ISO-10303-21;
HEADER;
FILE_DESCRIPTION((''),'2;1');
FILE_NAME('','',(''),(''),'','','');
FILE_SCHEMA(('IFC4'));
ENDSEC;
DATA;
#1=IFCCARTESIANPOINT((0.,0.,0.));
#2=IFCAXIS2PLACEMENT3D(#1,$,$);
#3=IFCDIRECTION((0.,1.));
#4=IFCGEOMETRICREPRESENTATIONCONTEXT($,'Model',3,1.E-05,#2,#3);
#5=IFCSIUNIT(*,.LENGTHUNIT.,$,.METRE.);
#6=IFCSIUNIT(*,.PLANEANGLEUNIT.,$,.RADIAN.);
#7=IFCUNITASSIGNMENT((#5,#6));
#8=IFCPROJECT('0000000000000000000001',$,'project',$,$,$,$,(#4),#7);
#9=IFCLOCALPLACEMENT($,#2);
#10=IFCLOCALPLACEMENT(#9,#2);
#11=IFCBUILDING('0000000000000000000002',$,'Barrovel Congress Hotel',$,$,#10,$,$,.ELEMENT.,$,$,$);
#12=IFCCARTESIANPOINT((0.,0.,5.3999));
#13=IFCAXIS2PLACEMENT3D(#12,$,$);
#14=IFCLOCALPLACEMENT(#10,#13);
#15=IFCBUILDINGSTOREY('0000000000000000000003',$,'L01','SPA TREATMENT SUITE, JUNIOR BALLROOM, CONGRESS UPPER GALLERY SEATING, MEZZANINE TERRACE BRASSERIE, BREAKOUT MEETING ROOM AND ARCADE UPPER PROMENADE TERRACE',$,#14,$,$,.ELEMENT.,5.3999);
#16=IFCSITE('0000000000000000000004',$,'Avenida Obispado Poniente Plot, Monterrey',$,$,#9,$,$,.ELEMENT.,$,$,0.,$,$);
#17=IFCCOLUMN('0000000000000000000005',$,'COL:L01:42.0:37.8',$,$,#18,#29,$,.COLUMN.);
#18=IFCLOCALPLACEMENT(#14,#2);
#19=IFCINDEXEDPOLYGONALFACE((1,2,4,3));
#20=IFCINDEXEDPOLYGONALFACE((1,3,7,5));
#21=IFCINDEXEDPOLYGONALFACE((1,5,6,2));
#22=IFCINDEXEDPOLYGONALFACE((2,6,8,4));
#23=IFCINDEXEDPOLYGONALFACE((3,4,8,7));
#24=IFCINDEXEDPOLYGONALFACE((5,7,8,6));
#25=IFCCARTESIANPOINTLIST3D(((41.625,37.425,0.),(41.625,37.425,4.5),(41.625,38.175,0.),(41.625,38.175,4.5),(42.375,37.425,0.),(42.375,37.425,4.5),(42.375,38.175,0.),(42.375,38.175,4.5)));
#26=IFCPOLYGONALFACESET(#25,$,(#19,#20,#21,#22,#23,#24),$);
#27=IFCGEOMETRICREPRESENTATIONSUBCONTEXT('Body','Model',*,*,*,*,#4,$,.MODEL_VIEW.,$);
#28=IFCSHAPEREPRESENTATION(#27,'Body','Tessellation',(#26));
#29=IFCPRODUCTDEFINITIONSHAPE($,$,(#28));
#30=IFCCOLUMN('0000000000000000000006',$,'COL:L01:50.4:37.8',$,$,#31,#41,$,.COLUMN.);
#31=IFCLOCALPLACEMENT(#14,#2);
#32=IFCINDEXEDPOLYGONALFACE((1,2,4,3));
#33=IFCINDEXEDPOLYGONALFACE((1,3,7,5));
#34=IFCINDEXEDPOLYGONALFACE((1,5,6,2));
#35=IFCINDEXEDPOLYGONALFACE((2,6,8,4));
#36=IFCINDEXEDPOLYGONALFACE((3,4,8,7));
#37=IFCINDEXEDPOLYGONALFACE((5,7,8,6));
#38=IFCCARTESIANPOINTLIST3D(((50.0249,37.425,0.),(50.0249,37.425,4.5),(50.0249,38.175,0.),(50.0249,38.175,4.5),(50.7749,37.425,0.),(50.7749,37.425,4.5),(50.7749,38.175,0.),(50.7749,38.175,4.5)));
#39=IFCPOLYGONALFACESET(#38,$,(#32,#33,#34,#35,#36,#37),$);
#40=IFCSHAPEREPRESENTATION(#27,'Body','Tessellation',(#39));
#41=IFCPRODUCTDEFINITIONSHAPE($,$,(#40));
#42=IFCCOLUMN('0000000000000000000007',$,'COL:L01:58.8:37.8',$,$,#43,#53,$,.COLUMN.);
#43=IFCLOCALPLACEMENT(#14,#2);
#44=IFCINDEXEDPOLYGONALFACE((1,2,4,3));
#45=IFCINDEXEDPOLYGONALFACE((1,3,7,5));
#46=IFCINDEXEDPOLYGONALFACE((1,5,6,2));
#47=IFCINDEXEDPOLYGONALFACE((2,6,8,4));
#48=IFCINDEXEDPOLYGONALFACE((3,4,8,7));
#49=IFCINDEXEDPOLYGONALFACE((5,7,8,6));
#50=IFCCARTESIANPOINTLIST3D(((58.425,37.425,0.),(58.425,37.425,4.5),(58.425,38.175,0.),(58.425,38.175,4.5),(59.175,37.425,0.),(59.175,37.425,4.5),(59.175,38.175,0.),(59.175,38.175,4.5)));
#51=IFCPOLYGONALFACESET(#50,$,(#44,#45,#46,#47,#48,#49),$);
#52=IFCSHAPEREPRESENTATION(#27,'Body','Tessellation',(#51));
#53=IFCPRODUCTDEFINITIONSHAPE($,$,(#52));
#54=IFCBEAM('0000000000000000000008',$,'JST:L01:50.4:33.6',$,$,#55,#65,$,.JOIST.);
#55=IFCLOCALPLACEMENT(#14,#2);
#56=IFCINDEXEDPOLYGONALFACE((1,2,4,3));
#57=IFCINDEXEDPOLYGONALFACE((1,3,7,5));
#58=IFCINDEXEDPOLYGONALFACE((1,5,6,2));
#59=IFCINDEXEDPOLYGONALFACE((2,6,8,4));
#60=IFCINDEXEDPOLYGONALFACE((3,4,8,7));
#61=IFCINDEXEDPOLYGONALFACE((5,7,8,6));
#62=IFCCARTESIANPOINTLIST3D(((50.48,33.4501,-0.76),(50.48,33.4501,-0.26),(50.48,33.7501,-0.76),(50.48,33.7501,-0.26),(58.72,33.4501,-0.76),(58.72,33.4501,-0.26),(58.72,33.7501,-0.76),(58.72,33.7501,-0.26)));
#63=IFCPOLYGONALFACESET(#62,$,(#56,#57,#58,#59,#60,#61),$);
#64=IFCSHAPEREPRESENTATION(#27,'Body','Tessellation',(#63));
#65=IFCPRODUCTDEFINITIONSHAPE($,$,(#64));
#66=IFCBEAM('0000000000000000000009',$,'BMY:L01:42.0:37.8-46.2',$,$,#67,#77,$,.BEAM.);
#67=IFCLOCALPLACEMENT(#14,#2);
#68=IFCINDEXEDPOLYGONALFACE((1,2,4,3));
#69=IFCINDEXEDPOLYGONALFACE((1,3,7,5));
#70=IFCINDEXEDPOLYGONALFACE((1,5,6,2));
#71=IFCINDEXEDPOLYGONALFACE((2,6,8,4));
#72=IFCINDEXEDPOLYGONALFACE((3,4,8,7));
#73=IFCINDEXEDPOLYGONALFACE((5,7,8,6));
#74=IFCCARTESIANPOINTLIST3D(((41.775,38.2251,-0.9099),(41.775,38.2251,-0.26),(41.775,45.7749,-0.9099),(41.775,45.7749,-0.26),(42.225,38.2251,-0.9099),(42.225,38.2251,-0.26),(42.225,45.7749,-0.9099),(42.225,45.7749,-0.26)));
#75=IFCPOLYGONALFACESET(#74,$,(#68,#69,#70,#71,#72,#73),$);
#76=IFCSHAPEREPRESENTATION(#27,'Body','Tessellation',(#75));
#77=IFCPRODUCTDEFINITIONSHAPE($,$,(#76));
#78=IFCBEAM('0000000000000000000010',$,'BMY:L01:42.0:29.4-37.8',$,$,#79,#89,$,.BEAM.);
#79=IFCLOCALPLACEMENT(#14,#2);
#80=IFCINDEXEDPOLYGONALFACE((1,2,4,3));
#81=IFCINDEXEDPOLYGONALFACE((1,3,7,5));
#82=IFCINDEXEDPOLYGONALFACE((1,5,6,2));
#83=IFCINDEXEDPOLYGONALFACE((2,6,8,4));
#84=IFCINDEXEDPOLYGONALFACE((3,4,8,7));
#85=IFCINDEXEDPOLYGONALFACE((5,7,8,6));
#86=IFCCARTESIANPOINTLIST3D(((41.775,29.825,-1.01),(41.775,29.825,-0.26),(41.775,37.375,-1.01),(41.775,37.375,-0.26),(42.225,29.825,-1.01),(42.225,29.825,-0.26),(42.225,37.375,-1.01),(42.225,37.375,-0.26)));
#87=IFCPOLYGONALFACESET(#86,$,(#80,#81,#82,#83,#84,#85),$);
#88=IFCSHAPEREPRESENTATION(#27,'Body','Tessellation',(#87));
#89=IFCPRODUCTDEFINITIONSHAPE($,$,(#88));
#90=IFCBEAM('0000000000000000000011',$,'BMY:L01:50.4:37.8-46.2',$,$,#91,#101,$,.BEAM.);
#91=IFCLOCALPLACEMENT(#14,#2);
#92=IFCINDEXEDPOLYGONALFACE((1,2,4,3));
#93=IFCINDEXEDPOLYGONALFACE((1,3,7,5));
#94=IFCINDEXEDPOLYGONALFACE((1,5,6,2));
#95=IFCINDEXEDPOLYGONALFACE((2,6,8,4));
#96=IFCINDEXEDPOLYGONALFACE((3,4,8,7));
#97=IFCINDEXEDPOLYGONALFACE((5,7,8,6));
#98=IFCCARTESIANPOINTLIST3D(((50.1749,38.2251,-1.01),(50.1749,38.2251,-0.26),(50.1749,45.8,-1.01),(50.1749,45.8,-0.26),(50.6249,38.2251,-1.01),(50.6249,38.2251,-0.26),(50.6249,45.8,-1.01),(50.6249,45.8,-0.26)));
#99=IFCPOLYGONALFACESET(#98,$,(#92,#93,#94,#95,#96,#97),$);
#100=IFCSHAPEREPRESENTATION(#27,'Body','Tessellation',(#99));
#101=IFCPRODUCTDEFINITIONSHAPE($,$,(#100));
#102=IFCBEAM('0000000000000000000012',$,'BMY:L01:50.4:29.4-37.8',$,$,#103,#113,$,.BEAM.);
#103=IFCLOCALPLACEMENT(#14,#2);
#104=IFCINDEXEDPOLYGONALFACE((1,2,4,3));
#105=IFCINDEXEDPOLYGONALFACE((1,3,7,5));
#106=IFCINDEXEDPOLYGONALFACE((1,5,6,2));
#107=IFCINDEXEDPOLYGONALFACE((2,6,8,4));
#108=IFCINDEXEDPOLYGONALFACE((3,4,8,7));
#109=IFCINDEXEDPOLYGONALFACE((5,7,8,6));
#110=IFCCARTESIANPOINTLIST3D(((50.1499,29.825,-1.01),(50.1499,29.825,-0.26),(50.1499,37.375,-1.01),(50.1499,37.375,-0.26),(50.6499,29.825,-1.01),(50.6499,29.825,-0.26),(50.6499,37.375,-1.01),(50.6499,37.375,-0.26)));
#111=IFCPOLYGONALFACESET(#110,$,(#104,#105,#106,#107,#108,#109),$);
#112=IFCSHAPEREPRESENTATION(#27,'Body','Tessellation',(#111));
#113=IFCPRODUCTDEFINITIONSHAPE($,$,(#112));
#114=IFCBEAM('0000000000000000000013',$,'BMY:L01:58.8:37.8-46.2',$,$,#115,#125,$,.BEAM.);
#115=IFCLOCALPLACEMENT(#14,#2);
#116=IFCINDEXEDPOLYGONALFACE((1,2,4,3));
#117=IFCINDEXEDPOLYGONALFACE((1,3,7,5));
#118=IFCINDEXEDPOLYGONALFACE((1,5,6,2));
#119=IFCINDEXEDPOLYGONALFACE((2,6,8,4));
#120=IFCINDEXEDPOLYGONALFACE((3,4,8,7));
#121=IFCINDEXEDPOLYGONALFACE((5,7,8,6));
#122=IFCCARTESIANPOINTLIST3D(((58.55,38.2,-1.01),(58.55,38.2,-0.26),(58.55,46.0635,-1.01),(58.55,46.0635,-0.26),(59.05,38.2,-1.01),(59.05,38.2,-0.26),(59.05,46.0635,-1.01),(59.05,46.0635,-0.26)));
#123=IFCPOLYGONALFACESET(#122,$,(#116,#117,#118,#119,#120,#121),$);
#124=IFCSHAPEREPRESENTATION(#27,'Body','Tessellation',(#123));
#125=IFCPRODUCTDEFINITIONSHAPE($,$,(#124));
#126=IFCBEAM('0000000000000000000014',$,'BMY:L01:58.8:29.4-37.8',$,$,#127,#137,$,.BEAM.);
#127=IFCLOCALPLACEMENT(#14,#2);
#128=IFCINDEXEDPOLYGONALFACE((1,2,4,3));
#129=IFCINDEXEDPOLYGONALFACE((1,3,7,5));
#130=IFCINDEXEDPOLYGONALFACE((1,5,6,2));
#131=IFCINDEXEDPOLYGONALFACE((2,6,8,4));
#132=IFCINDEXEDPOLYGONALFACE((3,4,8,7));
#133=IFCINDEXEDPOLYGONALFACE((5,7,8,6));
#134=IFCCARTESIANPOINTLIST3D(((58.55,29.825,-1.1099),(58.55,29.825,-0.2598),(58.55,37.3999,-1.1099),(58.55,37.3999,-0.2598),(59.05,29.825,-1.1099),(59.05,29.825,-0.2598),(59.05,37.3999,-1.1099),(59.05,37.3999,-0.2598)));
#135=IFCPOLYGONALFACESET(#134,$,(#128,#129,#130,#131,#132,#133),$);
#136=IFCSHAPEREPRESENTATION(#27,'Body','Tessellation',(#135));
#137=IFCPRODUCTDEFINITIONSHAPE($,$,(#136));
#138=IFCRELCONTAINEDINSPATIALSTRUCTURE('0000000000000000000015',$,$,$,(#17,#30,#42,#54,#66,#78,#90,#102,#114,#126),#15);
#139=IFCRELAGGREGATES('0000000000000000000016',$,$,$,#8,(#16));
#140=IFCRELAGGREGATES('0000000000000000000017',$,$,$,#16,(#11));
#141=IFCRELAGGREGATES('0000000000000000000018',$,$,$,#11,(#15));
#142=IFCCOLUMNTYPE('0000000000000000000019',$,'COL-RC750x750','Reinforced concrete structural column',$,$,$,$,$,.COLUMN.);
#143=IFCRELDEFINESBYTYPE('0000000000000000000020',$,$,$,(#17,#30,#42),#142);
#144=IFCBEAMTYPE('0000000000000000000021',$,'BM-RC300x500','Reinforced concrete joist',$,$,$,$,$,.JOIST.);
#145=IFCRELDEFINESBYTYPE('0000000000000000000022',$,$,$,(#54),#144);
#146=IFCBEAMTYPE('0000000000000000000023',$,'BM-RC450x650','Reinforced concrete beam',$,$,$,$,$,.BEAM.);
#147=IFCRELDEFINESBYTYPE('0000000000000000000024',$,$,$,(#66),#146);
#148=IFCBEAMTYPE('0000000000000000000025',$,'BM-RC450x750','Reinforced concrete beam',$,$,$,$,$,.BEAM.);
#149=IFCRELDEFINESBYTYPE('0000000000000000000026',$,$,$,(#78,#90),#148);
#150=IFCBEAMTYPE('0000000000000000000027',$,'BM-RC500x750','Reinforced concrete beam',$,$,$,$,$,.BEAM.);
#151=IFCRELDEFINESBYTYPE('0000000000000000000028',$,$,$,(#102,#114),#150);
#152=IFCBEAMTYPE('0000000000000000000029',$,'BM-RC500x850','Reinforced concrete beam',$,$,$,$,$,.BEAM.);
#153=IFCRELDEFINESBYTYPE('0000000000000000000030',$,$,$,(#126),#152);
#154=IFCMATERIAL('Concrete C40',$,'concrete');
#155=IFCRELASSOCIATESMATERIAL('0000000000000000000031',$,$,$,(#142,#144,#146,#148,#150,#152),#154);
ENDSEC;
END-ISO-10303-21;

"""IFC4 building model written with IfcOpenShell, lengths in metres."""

from ifc_helpers import new_model, si_unit, direction, frame, origin, origin_2d, place, context, subcontext, project, spatial, rectangle, extrude, material, material_profile, profile_set, type_object, element, save


model = new_model("IFC4")

# Units and contexts
model_context = context("Model", 3, precision=1e-05, world=origin(), true_north=direction((0.0, 1.0)))
body_context = subcontext(model_context, "Body", "Model", "MODEL_VIEW")
ifc_project = project(units=[si_unit("LENGTHUNIT", "METRE"), si_unit("PLANEANGLEUNIT", "RADIAN")], contexts=[model_context])

# Site, building, storey
site_placement = place(None, origin())
site = spatial("IfcSite", under=ifc_project, at=site_placement, Name="Avenida Obispado Poniente Plot, Monterrey", CompositionType="ELEMENT", RefElevation=0.0)
building_placement = place(site_placement, origin())
building = spatial("IfcBuilding", under=site, at=building_placement, Name="Barrovel Congress Hotel", CompositionType="ELEMENT")
storey_placement = place(building_placement, frame((0.0, 0.0, 5.3999)))
storey = spatial("IfcBuildingStorey", under=building, at=storey_placement, Name="L01", Description="SPA TREATMENT SUITE, JUNIOR BALLROOM, CONGRESS UPPER GALLERY SEATING, MEZZANINE TERRACE BRASSERIE, BREAKOUT MEETING ROOM AND ARCADE UPPER PROMENADE TERRACE", CompositionType="ELEMENT", Elevation=5.3999)

# Columns
ifc_material_1 = material(Name="Concrete C40", Category="concrete")
ifc_material_profile_1 = material_profile(ifc_material_1, rectangle(XDim=0.75, YDim=0.75, at=origin_2d()), Name="RC750x750")
ifc_profile_set_1 = profile_set([ifc_material_profile_1], Name="Concrete C40")
column_type = type_object("IfcColumnType", Name="COL-RC750x750", Description="Reinforced concrete structural column", PredefinedType="COLUMN", material=ifc_profile_set_1)
for number, where, z_axis, x_axis, name in (
    (1, (42.0, 37.8, 0.0), (0.0, 0.0, 1.0), (1.0, 0.0, 0.0), "COL:L01:42.0:37.8"),
    (2, (50.3999, 37.8, 0.0), (0.0, 0.0, 1.0), (1.0, 0.0, 0.0), "COL:L01:50.4:37.8"),
    (3, (58.8, 37.8, 0.0), (0.0, 0.0, 1.0), (1.0, 0.0, 0.0), "COL:L01:58.8:37.8"),
):
    element("IfcColumn", number, at=place(storey_placement, frame(where, z_axis=z_axis, x_axis=x_axis)), inside=storey, type_object=column_type, Name=name, PredefinedType="COLUMN", context=body_context, shape_type="SweptSolid", body=[
        extrude(rectangle(XDim=0.75, YDim=0.75, at=origin_2d()), origin(), (0.0, 0.0, 1.0), 4.5),
    ])

# Beams
ifc_material_profile_2 = material_profile(ifc_material_1, rectangle(XDim=0.3, YDim=0.5, at=origin_2d()), Name="RC300x500")
ifc_profile_set_2 = profile_set([ifc_material_profile_2], Name="Concrete C40")
beam_type_1 = type_object("IfcBeamType", Name="BM-RC300x500", Description="Reinforced concrete joist", PredefinedType="JOIST", material=ifc_profile_set_2)
beam_1_placement = place(storey_placement, frame((50.48, 33.6001, -0.51), z_axis=(1.0, 0.0, 0.0), x_axis=(0.0, 1.0, 0.0)))
element("IfcBeam", 4, at=beam_1_placement, inside=storey, type_object=beam_type_1, Name="JST:L01:50.4:33.6", PredefinedType="JOIST", context=body_context, shape_type="SweptSolid", body=[
    extrude(rectangle(XDim=0.3, YDim=0.5, at=origin_2d()), origin(), (0.0, 0.0, 1.0), 8.24),
])
ifc_material_profile_3 = material_profile(ifc_material_1, rectangle(XDim=0.45, YDim=0.6499, at=origin_2d()), Name="RC450x650")
ifc_profile_set_3 = profile_set([ifc_material_profile_3], Name="Concrete C40")
beam_type_2 = type_object("IfcBeamType", Name="BM-RC450x650", Description="Reinforced concrete beam", PredefinedType="BEAM", material=ifc_profile_set_3)
beam_2_placement = place(storey_placement, frame((42.0, 38.2251, -0.585), z_axis=(0.0, 1.0, 0.0), x_axis=(-1.0, 0.0, 0.0)))
element("IfcBeam", 5, at=beam_2_placement, inside=storey, type_object=beam_type_2, Name="BMY:L01:42.0:37.8-46.2", PredefinedType="BEAM", context=body_context, shape_type="SweptSolid", body=[
    extrude(rectangle(XDim=0.45, YDim=0.6499, at=origin_2d()), origin(), (0.0, 0.0, 1.0), 7.5498),
])
ifc_material_profile_4 = material_profile(ifc_material_1, rectangle(XDim=0.45, YDim=0.75, at=origin_2d()), Name="RC450x750")
ifc_profile_set_4 = profile_set([ifc_material_profile_4], Name="Concrete C40")
beam_type_3 = type_object("IfcBeamType", Name="BM-RC450x750", Description="Reinforced concrete beam", PredefinedType="BEAM", material=ifc_profile_set_4)
beam_3_placement = place(storey_placement, frame((42.0, 29.825, -0.635), z_axis=(0.0, 1.0, 0.0), x_axis=(-1.0, 0.0, 0.0)))
element("IfcBeam", 6, at=beam_3_placement, inside=storey, type_object=beam_type_3, Name="BMY:L01:42.0:29.4-37.8", PredefinedType="BEAM", context=body_context, shape_type="SweptSolid", body=[
    extrude(rectangle(XDim=0.45, YDim=0.75, at=origin_2d()), origin(), (0.0, 0.0, 1.0), 7.55),
])
beam_4_placement = place(storey_placement, frame((50.3999, 38.2251, -0.635), z_axis=(0.0, 1.0, 0.0), x_axis=(-1.0, 0.0, 0.0)))
element("IfcBeam", 7, at=beam_4_placement, inside=storey, type_object=beam_type_3, Name="BMY:L01:50.4:37.8-46.2", PredefinedType="BEAM", context=body_context, shape_type="SweptSolid", body=[
    extrude(rectangle(XDim=0.45, YDim=0.75, at=origin_2d()), origin(), (0.0, 0.0, 1.0), 7.575),
])
ifc_material_profile_5 = material_profile(ifc_material_1, rectangle(XDim=0.5, YDim=0.75, at=origin_2d()), Name="RC500x750")
ifc_profile_set_5 = profile_set([ifc_material_profile_5], Name="Concrete C40")
beam_type_4 = type_object("IfcBeamType", Name="BM-RC500x750", Description="Reinforced concrete beam", PredefinedType="BEAM", material=ifc_profile_set_5)
beam_5_placement = place(storey_placement, frame((50.3999, 29.825, -0.635), z_axis=(0.0, 1.0, 0.0), x_axis=(-1.0, 0.0, 0.0)))
element("IfcBeam", 8, at=beam_5_placement, inside=storey, type_object=beam_type_4, Name="BMY:L01:50.4:29.4-37.8", PredefinedType="BEAM", context=body_context, shape_type="SweptSolid", body=[
    extrude(rectangle(XDim=0.5, YDim=0.75, at=origin_2d()), origin(), (0.0, 0.0, 1.0), 7.55),
])
beam_6_placement = place(storey_placement, frame((58.8, 38.2, -0.635), z_axis=(0.0, 1.0, 0.0), x_axis=(-1.0, 0.0, 0.0)))
element("IfcBeam", 9, at=beam_6_placement, inside=storey, type_object=beam_type_4, Name="BMY:L01:58.8:37.8-46.2", PredefinedType="BEAM", context=body_context, shape_type="SweptSolid", body=[
    extrude(rectangle(XDim=0.5, YDim=0.75, at=origin_2d()), origin(), (0.0, 0.0, 1.0), 7.8635),
])
ifc_material_profile_6 = material_profile(ifc_material_1, rectangle(XDim=0.5, YDim=0.8501, at=origin_2d()), Name="RC500x850")
ifc_profile_set_6 = profile_set([ifc_material_profile_6], Name="Concrete C40")
beam_type_5 = type_object("IfcBeamType", Name="BM-RC500x850", Description="Reinforced concrete beam", PredefinedType="BEAM", material=ifc_profile_set_6)
beam_7_placement = place(storey_placement, frame((58.8, 29.825, -0.6848), z_axis=(0.0, 1.0, 0.0), x_axis=(-1.0, 0.0, 0.0)))
element("IfcBeam", 10, at=beam_7_placement, inside=storey, type_object=beam_type_5, Name="BMY:L01:58.8:29.4-37.8", PredefinedType="BEAM", context=body_context, shape_type="SweptSolid", body=[
    extrude(rectangle(XDim=0.5, YDim=0.8501, at=origin_2d()), origin(), (0.0, 0.0, 1.0), 7.575),
])

save(model, "model.ifc")
